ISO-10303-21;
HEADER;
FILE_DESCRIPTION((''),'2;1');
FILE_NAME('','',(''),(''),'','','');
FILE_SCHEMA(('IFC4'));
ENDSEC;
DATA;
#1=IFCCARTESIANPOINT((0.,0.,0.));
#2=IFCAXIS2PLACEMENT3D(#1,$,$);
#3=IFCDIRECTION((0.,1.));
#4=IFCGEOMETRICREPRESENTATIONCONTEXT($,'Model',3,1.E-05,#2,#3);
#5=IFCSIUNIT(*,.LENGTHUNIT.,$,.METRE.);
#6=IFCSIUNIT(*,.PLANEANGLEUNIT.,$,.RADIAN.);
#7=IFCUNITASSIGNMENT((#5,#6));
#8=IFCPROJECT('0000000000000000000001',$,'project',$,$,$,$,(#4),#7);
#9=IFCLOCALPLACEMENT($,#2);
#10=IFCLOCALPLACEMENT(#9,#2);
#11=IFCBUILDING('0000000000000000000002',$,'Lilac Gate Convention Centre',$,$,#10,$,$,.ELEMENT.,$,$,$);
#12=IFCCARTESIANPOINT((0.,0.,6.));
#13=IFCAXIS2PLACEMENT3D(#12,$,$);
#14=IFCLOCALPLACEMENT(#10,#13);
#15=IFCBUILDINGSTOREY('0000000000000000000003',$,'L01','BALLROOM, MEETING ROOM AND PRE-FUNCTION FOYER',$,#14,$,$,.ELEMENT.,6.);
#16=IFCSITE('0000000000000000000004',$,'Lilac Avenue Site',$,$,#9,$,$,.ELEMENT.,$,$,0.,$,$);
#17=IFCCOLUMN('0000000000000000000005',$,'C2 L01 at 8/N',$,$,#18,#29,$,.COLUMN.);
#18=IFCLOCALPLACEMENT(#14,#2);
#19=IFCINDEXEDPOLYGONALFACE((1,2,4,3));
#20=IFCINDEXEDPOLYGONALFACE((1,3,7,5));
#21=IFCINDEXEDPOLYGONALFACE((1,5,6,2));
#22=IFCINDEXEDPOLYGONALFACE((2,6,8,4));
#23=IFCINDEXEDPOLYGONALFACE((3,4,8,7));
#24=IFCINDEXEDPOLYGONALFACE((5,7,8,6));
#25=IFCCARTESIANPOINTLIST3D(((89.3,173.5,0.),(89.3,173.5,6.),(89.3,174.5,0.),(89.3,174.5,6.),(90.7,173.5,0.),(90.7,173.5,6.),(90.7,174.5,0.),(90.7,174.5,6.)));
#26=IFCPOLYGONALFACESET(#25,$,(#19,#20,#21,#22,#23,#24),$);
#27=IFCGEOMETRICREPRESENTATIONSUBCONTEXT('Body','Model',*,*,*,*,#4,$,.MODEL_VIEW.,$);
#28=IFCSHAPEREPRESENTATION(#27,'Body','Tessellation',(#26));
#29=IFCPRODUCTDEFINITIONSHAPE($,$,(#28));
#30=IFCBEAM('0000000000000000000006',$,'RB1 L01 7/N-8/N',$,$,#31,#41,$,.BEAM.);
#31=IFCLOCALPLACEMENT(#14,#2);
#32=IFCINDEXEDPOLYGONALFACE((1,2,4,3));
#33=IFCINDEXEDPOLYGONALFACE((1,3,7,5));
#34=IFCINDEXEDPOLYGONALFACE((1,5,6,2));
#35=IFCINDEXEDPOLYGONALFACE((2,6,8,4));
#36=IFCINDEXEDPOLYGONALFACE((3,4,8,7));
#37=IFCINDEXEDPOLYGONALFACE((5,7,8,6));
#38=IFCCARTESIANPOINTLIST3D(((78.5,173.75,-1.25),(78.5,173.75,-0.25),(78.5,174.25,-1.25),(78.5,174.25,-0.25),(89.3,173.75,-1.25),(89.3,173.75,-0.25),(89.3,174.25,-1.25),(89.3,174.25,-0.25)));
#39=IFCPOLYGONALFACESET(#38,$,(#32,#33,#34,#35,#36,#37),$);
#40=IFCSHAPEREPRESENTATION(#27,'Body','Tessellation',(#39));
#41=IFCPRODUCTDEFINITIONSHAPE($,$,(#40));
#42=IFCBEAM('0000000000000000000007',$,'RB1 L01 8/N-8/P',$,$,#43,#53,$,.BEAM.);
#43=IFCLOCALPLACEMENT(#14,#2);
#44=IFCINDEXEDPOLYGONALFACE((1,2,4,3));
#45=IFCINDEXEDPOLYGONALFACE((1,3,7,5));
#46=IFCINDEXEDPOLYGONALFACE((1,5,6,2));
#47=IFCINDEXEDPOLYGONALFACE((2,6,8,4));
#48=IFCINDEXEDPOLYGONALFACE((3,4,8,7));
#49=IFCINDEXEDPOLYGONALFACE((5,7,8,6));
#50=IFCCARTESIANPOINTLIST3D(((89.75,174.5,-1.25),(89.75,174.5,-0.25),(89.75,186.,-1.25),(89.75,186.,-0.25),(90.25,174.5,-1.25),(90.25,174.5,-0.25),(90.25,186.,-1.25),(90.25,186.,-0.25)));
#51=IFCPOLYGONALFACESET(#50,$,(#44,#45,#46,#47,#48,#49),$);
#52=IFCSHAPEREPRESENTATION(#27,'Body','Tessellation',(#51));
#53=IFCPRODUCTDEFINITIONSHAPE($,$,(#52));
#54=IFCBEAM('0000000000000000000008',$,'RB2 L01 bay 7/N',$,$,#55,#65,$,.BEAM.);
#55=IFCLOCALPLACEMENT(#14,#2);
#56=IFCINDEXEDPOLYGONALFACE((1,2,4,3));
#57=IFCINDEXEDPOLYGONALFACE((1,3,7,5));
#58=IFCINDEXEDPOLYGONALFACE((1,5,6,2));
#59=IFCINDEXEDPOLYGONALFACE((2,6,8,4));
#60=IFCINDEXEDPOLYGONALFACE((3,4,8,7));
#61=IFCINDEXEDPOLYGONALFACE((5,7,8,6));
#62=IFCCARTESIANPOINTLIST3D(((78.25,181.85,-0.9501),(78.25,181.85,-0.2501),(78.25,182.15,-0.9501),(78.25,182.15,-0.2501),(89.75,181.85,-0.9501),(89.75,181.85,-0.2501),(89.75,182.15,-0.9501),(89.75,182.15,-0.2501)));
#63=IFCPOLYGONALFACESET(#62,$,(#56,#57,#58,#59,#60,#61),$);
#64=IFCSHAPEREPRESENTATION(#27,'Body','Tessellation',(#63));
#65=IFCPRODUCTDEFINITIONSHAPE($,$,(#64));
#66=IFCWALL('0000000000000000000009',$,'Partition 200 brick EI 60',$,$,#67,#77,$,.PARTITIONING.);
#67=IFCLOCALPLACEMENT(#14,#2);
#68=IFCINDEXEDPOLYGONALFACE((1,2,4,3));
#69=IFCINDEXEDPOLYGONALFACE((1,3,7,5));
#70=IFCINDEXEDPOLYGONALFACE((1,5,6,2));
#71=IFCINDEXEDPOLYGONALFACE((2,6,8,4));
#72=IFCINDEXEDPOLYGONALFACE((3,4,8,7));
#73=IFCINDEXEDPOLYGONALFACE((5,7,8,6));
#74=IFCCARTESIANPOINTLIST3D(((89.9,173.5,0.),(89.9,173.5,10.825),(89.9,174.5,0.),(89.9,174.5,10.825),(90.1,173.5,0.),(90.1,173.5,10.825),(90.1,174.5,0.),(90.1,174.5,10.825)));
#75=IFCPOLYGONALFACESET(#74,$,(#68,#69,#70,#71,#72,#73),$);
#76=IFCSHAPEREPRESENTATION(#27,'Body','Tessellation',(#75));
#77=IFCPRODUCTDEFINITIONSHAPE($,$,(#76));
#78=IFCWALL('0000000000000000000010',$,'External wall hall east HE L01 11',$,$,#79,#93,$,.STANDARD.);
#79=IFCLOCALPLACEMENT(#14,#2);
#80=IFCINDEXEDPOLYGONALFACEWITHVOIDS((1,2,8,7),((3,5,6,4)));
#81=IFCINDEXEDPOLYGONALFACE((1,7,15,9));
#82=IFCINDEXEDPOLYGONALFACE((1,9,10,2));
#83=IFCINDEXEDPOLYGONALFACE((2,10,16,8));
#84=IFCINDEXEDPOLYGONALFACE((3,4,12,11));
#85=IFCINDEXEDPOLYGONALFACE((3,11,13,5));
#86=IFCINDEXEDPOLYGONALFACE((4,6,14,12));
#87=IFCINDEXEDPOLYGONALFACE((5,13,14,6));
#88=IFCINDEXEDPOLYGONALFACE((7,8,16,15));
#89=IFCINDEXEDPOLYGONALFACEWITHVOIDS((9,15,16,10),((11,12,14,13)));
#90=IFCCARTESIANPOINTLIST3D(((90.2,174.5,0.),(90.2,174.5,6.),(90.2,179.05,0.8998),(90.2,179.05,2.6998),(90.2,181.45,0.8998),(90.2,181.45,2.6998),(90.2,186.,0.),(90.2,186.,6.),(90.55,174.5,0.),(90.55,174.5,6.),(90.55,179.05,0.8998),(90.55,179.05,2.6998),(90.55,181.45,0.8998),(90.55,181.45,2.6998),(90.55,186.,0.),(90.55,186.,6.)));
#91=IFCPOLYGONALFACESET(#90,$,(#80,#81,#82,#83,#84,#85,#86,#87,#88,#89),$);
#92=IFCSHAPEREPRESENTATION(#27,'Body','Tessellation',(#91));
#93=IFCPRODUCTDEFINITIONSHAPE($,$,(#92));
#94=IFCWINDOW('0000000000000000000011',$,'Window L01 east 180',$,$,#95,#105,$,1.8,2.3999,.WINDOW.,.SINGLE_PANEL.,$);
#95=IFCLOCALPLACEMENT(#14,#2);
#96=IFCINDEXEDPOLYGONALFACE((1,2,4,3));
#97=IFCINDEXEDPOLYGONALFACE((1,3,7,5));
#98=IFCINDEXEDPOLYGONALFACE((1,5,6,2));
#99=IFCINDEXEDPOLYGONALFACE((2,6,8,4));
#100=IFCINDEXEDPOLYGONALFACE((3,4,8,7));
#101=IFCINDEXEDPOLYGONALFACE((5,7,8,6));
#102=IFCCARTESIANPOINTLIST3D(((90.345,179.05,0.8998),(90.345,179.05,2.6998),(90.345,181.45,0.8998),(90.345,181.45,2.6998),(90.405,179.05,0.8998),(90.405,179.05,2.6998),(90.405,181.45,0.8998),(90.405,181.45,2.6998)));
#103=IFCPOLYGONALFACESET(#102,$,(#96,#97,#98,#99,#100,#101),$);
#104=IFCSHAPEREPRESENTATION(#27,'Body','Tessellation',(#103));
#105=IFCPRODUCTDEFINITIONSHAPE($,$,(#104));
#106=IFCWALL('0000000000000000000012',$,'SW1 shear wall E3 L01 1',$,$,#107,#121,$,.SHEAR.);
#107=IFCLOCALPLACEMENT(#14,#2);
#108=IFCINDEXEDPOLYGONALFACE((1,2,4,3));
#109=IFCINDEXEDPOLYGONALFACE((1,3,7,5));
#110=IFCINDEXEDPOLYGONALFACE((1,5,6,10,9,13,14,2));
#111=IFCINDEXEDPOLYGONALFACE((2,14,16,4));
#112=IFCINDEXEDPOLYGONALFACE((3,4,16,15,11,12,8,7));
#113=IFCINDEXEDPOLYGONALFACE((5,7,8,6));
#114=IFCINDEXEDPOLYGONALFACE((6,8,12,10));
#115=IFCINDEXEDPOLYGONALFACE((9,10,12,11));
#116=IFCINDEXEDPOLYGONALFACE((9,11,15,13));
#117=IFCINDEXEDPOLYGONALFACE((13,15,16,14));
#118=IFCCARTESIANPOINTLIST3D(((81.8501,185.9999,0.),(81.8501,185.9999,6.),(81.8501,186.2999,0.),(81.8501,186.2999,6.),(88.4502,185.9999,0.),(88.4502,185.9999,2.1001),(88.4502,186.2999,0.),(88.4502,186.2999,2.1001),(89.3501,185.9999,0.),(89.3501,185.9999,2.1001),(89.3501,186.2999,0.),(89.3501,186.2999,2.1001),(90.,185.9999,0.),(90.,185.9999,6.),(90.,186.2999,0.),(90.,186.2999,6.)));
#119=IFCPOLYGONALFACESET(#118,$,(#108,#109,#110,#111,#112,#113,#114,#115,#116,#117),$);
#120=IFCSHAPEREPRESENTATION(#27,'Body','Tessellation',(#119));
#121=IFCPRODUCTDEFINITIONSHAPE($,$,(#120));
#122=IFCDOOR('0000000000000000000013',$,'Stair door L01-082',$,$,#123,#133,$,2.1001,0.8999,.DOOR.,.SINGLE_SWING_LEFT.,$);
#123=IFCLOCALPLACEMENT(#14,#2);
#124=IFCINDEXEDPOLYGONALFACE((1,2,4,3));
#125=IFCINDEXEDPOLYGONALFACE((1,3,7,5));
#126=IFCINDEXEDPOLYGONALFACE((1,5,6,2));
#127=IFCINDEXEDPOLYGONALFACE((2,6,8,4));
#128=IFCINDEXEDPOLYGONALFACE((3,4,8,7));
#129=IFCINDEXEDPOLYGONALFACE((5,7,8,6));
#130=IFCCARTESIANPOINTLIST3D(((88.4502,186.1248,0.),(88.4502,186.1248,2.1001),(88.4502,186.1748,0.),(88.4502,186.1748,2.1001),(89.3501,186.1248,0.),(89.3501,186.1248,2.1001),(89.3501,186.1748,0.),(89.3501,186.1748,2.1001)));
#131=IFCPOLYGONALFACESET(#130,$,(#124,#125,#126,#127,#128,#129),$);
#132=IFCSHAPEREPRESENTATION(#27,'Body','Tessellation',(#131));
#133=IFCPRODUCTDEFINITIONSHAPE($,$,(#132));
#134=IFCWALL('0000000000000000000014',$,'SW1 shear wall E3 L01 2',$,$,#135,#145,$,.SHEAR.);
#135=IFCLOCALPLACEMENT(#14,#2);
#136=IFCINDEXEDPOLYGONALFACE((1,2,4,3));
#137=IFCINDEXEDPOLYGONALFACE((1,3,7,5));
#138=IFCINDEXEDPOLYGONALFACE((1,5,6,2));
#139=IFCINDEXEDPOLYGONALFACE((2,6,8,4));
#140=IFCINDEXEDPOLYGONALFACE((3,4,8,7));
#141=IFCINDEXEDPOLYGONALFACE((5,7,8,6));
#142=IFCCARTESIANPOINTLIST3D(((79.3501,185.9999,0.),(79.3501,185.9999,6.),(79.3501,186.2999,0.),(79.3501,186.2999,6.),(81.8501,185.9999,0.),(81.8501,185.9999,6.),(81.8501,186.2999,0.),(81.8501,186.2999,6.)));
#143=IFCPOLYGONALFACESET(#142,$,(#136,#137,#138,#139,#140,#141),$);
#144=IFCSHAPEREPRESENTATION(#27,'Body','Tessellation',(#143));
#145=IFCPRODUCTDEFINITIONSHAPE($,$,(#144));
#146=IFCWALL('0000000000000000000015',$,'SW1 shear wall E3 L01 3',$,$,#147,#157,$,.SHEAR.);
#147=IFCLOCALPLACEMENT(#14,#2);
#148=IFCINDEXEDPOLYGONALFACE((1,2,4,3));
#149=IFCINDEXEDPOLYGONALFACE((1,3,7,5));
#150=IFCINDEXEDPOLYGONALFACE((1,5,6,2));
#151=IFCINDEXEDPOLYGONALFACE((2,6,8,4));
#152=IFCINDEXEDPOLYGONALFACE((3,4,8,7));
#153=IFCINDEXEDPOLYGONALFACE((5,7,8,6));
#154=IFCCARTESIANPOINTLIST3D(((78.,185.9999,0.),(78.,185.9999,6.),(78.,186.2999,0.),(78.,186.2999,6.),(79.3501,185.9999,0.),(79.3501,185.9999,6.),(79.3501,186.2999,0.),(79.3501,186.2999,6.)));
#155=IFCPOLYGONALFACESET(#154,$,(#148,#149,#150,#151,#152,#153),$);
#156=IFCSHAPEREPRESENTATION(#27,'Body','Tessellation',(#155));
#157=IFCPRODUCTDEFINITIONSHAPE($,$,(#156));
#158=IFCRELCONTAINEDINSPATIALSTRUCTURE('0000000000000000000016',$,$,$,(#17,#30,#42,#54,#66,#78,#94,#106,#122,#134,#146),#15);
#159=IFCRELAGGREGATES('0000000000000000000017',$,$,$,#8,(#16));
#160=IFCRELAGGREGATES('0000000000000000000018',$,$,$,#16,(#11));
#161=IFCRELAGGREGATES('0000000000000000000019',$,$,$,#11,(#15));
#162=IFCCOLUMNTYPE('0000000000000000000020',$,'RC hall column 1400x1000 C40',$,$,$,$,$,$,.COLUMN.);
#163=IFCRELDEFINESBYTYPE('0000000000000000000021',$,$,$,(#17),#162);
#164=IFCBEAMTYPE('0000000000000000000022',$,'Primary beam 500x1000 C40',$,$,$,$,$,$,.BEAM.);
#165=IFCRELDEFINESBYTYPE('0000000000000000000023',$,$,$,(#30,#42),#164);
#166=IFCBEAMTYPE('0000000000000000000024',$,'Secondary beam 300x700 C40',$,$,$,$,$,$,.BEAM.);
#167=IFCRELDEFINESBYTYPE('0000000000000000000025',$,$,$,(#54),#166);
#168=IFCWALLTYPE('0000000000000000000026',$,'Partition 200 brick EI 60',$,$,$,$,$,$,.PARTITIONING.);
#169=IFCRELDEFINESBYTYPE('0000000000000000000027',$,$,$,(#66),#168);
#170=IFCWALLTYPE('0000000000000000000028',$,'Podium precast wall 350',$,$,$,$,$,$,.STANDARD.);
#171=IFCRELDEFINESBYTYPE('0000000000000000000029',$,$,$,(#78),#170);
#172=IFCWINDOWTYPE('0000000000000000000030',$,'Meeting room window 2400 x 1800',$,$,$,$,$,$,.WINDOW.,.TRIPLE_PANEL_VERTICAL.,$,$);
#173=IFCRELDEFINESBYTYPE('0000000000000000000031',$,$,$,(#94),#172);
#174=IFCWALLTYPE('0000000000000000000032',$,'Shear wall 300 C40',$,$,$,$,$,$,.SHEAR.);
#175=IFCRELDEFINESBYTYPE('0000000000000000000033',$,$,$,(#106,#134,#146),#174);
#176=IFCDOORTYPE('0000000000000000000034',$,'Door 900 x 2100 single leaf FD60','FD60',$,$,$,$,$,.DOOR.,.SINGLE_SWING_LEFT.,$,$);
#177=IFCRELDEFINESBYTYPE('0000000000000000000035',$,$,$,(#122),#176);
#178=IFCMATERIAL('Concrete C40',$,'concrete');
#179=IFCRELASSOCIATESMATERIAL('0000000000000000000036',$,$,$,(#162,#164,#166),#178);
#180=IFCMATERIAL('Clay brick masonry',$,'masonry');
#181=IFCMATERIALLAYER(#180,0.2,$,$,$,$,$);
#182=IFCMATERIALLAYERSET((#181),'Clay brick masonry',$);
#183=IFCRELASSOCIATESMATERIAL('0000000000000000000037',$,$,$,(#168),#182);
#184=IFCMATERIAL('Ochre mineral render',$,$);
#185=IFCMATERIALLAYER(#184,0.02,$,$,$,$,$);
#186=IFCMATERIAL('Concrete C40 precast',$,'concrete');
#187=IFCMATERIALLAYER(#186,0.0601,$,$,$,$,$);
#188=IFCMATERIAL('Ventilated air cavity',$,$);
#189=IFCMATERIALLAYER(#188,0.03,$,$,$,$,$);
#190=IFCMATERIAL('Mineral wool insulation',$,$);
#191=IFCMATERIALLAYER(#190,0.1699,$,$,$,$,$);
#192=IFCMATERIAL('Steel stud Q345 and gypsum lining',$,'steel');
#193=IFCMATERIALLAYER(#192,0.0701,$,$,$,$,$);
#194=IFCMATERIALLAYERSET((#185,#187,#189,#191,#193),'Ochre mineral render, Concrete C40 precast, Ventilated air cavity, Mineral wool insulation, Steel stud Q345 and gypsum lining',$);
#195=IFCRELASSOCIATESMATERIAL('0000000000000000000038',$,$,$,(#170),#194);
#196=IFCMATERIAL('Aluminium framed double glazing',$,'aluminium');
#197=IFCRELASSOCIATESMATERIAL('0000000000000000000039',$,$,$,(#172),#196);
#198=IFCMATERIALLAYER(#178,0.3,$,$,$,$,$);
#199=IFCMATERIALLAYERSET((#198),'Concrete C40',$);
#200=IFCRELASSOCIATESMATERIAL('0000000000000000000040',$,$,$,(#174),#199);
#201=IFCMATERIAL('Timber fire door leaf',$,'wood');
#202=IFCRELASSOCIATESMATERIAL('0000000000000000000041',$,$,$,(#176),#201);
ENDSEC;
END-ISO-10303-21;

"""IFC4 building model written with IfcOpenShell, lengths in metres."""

from ifc_helpers import new_model, si_unit, direction, frame, frame_2d, origin, origin_2d, place, context, subcontext, project, spatial, rectangle, extrude, material, layer, layer_set, material_profile, profile_set, type_object, element, fill, save


model = new_model("IFC4")

# Units and contexts
model_context = context("Model", 3, precision=1e-05, world=origin(), true_north=direction((0.0, 1.0)))
body_context = subcontext(model_context, "Body", "Model", "MODEL_VIEW")
ifc_project = project(units=[si_unit("LENGTHUNIT", "METRE"), si_unit("PLANEANGLEUNIT", "RADIAN")], contexts=[model_context])

# Site, building, storey
site_placement = place(None, origin())
site = spatial("IfcSite", under=ifc_project, at=site_placement, Name="Lilac Avenue Site", CompositionType="ELEMENT", RefElevation=0.0)
building_placement = place(site_placement, origin())
building = spatial("IfcBuilding", under=site, at=building_placement, Name="Lilac Gate Convention Centre", CompositionType="ELEMENT")
storey_placement = place(building_placement, frame((0.0, 0.0, 6.0)))
storey = spatial("IfcBuildingStorey", under=building, at=storey_placement, Name="L01", Description="BALLROOM, MEETING ROOM AND PRE-FUNCTION FOYER", CompositionType="ELEMENT", Elevation=6.0)

# Column
ifc_material_1 = material(Name="Concrete C40", Category="concrete")
ifc_material_profile_1 = material_profile(ifc_material_1, rectangle(XDim=1.3999, YDim=1.0, at=origin_2d()), Name="RC 1400x1000")
ifc_profile_set_1 = profile_set([ifc_material_profile_1], Name="Concrete C40")
column_type = type_object("IfcColumnType", Name="RC hall column 1400x1000 C40", PredefinedType="COLUMN", material=ifc_profile_set_1)
column_placement = place(storey_placement, frame((90.0, 174.0, 0.0), z_axis=(0.0, 0.0, 1.0), x_axis=(1.0, 0.0, 0.0)))
element("IfcColumn", 1, at=column_placement, inside=storey, type_object=column_type, Name="C2 L01 at 8/N", PredefinedType="COLUMN", context=body_context, shape_type="SweptSolid", body=[
    extrude(rectangle(XDim=1.3999, YDim=1.0, at=origin_2d()), origin(), (0.0, 0.0, 1.0), 6.0),
])

# Beams
ifc_material_profile_2 = material_profile(ifc_material_1, rectangle(XDim=0.5, YDim=1.0, at=origin_2d()), Name="RC 500x1000")
ifc_profile_set_2 = profile_set([ifc_material_profile_2], Name="Concrete C40")
beam_type_1 = type_object("IfcBeamType", Name="Primary beam 500x1000 C40", PredefinedType="BEAM", material=ifc_profile_set_2)
beam_1_placement = place(storey_placement, frame((78.5, 174.0, -0.75), z_axis=(1.0, 0.0, 0.0), x_axis=(0.0, 1.0, 0.0)))
element("IfcBeam", 2, at=beam_1_placement, inside=storey, type_object=beam_type_1, Name="RB1 L01 7/N-8/N", PredefinedType="BEAM", context=body_context, shape_type="SweptSolid", body=[
    extrude(rectangle(XDim=0.5, YDim=1.0, at=origin_2d()), origin(), (0.0, 0.0, 1.0), 10.8),
])
beam_2_placement = place(storey_placement, frame((90.0, 174.5, -0.75), z_axis=(0.0, 1.0, 0.0), x_axis=(-1.0, 0.0, 0.0)))
element("IfcBeam", 3, at=beam_2_placement, inside=storey, type_object=beam_type_1, Name="RB1 L01 8/N-8/P", PredefinedType="BEAM", context=body_context, shape_type="SweptSolid", body=[
    extrude(rectangle(XDim=0.5, YDim=1.0, at=origin_2d()), origin(), (0.0, 0.0, 1.0), 11.5),
])
ifc_material_profile_3 = material_profile(ifc_material_1, rectangle(XDim=0.3, YDim=0.7, at=origin_2d()), Name="RC 300x700")
ifc_profile_set_3 = profile_set([ifc_material_profile_3], Name="Concrete C40")
beam_type_2 = type_object("IfcBeamType", Name="Secondary beam 300x700 C40", PredefinedType="BEAM", material=ifc_profile_set_3)
beam_3_placement = place(storey_placement, frame((78.25, 182.0, -0.6001), z_axis=(1.0, 0.0, 0.0), x_axis=(0.0, 1.0, 0.0)))
element("IfcBeam", 4, at=beam_3_placement, inside=storey, type_object=beam_type_2, Name="RB2 L01 bay 7/N", PredefinedType="BEAM", context=body_context, shape_type="SweptSolid", body=[
    extrude(rectangle(XDim=0.3, YDim=0.7, at=origin_2d()), origin(), (0.0, 0.0, 1.0), 11.5),
])

# Wall
ifc_material_2 = material(Name="Clay brick masonry", Category="masonry")
ifc_layer_1 = layer(ifc_material_2, 0.2)
ifc_layer_set_1 = layer_set([ifc_layer_1], Name="Clay brick masonry")
wall_type_1 = type_object("IfcWallType", Name="Partition 200 brick EI 60", PredefinedType="PARTITIONING", material=ifc_layer_set_1)
wall_1_placement = place(storey_placement, frame((90.0, 173.5, 0.0), z_axis=(0.0, 0.0, 1.0), x_axis=(0.0, 1.0, 0.0)))
element("IfcWall", 5, at=wall_1_placement, inside=storey, type_object=wall_type_1, Name="Partition 200 brick EI 60", PredefinedType="PARTITIONING", context=body_context, shape_type="SweptSolid", body=[
    extrude(rectangle(XDim=1.0, YDim=0.2, at=frame_2d((0.5, 0.0))), origin(), (0.0, 0.0, 1.0), 10.825),
])

# Wall, opening, window
ifc_material_3 = material(Name="Ochre mineral render")
ifc_layer_2 = layer(ifc_material_3, 0.02)
ifc_material_4 = material(Name="Concrete C40 precast", Category="concrete")
ifc_layer_3 = layer(ifc_material_4, 0.0601)
ifc_material_5 = material(Name="Ventilated air cavity")
ifc_layer_4 = layer(ifc_material_5, 0.03)
ifc_material_6 = material(Name="Mineral wool insulation")
ifc_layer_5 = layer(ifc_material_6, 0.1699)
ifc_material_7 = material(Name="Steel stud Q345 and gypsum lining", Category="steel")
ifc_layer_6 = layer(ifc_material_7, 0.0701)
ifc_layer_set_2 = layer_set([ifc_layer_2, ifc_layer_3, ifc_layer_4, ifc_layer_5, ifc_layer_6], Name="Ochre mineral render, Concrete C40 precast, Ventilated air cavity, Mineral wool insulation, Steel stud Q345 and gypsum lining")
wall_type_2 = type_object("IfcWallType", Name="Podium precast wall 350", PredefinedType="STANDARD", material=ifc_layer_set_2)
wall_2_placement = place(storey_placement, frame((90.375, 174.5, 0.0), z_axis=(0.0, 0.0, 1.0), x_axis=(0.0, 1.0, 0.0)))
wall_2 = element("IfcWall", 6, at=wall_2_placement, inside=storey, type_object=wall_type_2, Name="External wall hall east HE L01 11", PredefinedType="STANDARD", context=body_context, shape_type="SweptSolid", body=[
    extrude(rectangle(XDim=11.5, YDim=0.3501, at=frame_2d((5.75, 0.0))), origin(), (0.0, 0.0, 1.0), 6.0),
])
opening_1_placement = place(wall_2_placement, frame((4.55, 0.0, 0.8999)))
opening_1 = element("IfcOpeningElement", 7, at=opening_1_placement, cuts=wall_2, PredefinedType="OPENING", context=body_context, shape_type="SweptSolid", body=[
    extrude(rectangle(XDim=2.3999, YDim=1.8, at=frame_2d((1.2, 0.8999))), frame((0.0, 0.1851, 0.0), z_axis=(0.0, -1.0, 0.0), x_axis=(1.0, 0.0, 0.0)), (0.0, 0.0, 1.0), 0.3701),
])
ifc_material_8 = material(Name="Aluminium framed double glazing", Category="aluminium")
window_type = type_object("IfcWindowType", Name="Meeting room window 2400 x 1800", PartitioningType="TRIPLE_PANEL_VERTICAL", PredefinedType="WINDOW", material=ifc_material_8)
window_placement = place(opening_1_placement, origin())
window = element("IfcWindow", 8, at=window_placement, inside=storey, type_object=window_type, Name="Window L01 east 180", OverallHeight=1.8, OverallWidth=2.3999, PartitioningType="SINGLE_PANEL", PredefinedType="WINDOW", context=body_context, shape_type="SweptSolid", body=[
    extrude(rectangle(XDim=2.3999, YDim=1.8, at=frame_2d((1.2, 0.8999))), frame((0.0, 0.03, 0.0), z_axis=(0.0, -1.0, 0.0), x_axis=(1.0, 0.0, 0.0)), (0.0, 0.0, 1.0), 0.0601),
])
fill(opening_1, window)

# Wall, opening, door
ifc_layer_7 = layer(ifc_material_1, 0.3)
ifc_layer_set_3 = layer_set([ifc_layer_7], Name="Concrete C40")
wall_type_3 = type_object("IfcWallType", Name="Shear wall 300 C40", PredefinedType="SHEAR", material=ifc_layer_set_3)
wall_3_placement = place(storey_placement, frame((90.0, 186.1499, 0.0), z_axis=(0.0, 0.0, 1.0), x_axis=(-1.0, 0.0, 0.0)))
wall_3 = element("IfcWall", 9, at=wall_3_placement, inside=storey, type_object=wall_type_3, Name="SW1 shear wall E3 L01 1", PredefinedType="SHEAR", context=body_context, shape_type="SweptSolid", body=[
    extrude(rectangle(XDim=8.1499, YDim=0.3, at=frame_2d((4.075, 0.0))), origin(), (0.0, 0.0, 1.0), 6.0),
])
opening_2_placement = place(wall_3_placement, frame((0.6499, 0.0, 0.0)))
opening_2 = element("IfcOpeningElement", 10, at=opening_2_placement, cuts=wall_3, PredefinedType="OPENING", context=body_context, shape_type="SweptSolid", body=[
    extrude(rectangle(XDim=0.8999, YDim=2.1001, at=frame_2d((0.45, 1.05))), frame((0.0, 0.1599, 0.0), z_axis=(0.0, -1.0, 0.0), x_axis=(1.0, 0.0, 0.0)), (0.0, 0.0, 1.0), 0.3201),
])
ifc_material_9 = material(Name="Timber fire door leaf", Category="wood")
door_type_1 = type_object("IfcDoorType", Name="Door 900 x 2100 single leaf FD60", Description="FD60", OperationType="SINGLE_SWING_LEFT", PredefinedType="DOOR", material=ifc_material_9)
door_1_placement = place(opening_2_placement, frame((0.8999, 0.0, 0.0), z_axis=(0.0, 0.0, 1.0), x_axis=(-1.0, 0.0, 0.0)))
door_1 = element("IfcDoor", 11, at=door_1_placement, inside=storey, type_object=door_type_1, Name="Stair door L01-082", OperationType="SINGLE_SWING_LEFT", OverallHeight=2.1001, OverallWidth=0.8999, PredefinedType="DOOR", context=body_context, shape_type="SweptSolid", body=[
    extrude(rectangle(XDim=0.8999, YDim=2.1001, at=frame_2d((0.45, 1.05))), frame((0.0, 0.0249, 0.0), z_axis=(0.0, -1.0, 0.0), x_axis=(1.0, 0.0, 0.0)), (0.0, 0.0, 1.0), 0.05),
])
fill(opening_2, door_1)

# Walls
wall_4_placement = place(storey_placement, frame((81.8501, 186.1499, 0.0), z_axis=(0.0, 0.0, 1.0), x_axis=(-1.0, 0.0, 0.0)))
element("IfcWall", 12, at=wall_4_placement, inside=storey, type_object=wall_type_3, Name="SW1 shear wall E3 L01 2", PredefinedType="SHEAR", context=body_context, shape_type="SweptSolid", body=[
    extrude(rectangle(XDim=2.5, YDim=0.3, at=frame_2d((1.25, 0.0))), origin(), (0.0, 0.0, 1.0), 6.0),
])
wall_5_placement = place(storey_placement, frame((79.3501, 186.1499, 0.0), z_axis=(0.0, 0.0, 1.0), x_axis=(-1.0, 0.0, 0.0)))
element("IfcWall", 13, at=wall_5_placement, inside=storey, type_object=wall_type_3, Name="SW1 shear wall E3 L01 3", PredefinedType="SHEAR", context=body_context, shape_type="SweptSolid", body=[
    extrude(rectangle(XDim=1.3501, YDim=0.3, at=frame_2d((0.675, 0.0))), origin(), (0.0, 0.0, 1.0), 6.0),
])

save(model, "model.ifc")
